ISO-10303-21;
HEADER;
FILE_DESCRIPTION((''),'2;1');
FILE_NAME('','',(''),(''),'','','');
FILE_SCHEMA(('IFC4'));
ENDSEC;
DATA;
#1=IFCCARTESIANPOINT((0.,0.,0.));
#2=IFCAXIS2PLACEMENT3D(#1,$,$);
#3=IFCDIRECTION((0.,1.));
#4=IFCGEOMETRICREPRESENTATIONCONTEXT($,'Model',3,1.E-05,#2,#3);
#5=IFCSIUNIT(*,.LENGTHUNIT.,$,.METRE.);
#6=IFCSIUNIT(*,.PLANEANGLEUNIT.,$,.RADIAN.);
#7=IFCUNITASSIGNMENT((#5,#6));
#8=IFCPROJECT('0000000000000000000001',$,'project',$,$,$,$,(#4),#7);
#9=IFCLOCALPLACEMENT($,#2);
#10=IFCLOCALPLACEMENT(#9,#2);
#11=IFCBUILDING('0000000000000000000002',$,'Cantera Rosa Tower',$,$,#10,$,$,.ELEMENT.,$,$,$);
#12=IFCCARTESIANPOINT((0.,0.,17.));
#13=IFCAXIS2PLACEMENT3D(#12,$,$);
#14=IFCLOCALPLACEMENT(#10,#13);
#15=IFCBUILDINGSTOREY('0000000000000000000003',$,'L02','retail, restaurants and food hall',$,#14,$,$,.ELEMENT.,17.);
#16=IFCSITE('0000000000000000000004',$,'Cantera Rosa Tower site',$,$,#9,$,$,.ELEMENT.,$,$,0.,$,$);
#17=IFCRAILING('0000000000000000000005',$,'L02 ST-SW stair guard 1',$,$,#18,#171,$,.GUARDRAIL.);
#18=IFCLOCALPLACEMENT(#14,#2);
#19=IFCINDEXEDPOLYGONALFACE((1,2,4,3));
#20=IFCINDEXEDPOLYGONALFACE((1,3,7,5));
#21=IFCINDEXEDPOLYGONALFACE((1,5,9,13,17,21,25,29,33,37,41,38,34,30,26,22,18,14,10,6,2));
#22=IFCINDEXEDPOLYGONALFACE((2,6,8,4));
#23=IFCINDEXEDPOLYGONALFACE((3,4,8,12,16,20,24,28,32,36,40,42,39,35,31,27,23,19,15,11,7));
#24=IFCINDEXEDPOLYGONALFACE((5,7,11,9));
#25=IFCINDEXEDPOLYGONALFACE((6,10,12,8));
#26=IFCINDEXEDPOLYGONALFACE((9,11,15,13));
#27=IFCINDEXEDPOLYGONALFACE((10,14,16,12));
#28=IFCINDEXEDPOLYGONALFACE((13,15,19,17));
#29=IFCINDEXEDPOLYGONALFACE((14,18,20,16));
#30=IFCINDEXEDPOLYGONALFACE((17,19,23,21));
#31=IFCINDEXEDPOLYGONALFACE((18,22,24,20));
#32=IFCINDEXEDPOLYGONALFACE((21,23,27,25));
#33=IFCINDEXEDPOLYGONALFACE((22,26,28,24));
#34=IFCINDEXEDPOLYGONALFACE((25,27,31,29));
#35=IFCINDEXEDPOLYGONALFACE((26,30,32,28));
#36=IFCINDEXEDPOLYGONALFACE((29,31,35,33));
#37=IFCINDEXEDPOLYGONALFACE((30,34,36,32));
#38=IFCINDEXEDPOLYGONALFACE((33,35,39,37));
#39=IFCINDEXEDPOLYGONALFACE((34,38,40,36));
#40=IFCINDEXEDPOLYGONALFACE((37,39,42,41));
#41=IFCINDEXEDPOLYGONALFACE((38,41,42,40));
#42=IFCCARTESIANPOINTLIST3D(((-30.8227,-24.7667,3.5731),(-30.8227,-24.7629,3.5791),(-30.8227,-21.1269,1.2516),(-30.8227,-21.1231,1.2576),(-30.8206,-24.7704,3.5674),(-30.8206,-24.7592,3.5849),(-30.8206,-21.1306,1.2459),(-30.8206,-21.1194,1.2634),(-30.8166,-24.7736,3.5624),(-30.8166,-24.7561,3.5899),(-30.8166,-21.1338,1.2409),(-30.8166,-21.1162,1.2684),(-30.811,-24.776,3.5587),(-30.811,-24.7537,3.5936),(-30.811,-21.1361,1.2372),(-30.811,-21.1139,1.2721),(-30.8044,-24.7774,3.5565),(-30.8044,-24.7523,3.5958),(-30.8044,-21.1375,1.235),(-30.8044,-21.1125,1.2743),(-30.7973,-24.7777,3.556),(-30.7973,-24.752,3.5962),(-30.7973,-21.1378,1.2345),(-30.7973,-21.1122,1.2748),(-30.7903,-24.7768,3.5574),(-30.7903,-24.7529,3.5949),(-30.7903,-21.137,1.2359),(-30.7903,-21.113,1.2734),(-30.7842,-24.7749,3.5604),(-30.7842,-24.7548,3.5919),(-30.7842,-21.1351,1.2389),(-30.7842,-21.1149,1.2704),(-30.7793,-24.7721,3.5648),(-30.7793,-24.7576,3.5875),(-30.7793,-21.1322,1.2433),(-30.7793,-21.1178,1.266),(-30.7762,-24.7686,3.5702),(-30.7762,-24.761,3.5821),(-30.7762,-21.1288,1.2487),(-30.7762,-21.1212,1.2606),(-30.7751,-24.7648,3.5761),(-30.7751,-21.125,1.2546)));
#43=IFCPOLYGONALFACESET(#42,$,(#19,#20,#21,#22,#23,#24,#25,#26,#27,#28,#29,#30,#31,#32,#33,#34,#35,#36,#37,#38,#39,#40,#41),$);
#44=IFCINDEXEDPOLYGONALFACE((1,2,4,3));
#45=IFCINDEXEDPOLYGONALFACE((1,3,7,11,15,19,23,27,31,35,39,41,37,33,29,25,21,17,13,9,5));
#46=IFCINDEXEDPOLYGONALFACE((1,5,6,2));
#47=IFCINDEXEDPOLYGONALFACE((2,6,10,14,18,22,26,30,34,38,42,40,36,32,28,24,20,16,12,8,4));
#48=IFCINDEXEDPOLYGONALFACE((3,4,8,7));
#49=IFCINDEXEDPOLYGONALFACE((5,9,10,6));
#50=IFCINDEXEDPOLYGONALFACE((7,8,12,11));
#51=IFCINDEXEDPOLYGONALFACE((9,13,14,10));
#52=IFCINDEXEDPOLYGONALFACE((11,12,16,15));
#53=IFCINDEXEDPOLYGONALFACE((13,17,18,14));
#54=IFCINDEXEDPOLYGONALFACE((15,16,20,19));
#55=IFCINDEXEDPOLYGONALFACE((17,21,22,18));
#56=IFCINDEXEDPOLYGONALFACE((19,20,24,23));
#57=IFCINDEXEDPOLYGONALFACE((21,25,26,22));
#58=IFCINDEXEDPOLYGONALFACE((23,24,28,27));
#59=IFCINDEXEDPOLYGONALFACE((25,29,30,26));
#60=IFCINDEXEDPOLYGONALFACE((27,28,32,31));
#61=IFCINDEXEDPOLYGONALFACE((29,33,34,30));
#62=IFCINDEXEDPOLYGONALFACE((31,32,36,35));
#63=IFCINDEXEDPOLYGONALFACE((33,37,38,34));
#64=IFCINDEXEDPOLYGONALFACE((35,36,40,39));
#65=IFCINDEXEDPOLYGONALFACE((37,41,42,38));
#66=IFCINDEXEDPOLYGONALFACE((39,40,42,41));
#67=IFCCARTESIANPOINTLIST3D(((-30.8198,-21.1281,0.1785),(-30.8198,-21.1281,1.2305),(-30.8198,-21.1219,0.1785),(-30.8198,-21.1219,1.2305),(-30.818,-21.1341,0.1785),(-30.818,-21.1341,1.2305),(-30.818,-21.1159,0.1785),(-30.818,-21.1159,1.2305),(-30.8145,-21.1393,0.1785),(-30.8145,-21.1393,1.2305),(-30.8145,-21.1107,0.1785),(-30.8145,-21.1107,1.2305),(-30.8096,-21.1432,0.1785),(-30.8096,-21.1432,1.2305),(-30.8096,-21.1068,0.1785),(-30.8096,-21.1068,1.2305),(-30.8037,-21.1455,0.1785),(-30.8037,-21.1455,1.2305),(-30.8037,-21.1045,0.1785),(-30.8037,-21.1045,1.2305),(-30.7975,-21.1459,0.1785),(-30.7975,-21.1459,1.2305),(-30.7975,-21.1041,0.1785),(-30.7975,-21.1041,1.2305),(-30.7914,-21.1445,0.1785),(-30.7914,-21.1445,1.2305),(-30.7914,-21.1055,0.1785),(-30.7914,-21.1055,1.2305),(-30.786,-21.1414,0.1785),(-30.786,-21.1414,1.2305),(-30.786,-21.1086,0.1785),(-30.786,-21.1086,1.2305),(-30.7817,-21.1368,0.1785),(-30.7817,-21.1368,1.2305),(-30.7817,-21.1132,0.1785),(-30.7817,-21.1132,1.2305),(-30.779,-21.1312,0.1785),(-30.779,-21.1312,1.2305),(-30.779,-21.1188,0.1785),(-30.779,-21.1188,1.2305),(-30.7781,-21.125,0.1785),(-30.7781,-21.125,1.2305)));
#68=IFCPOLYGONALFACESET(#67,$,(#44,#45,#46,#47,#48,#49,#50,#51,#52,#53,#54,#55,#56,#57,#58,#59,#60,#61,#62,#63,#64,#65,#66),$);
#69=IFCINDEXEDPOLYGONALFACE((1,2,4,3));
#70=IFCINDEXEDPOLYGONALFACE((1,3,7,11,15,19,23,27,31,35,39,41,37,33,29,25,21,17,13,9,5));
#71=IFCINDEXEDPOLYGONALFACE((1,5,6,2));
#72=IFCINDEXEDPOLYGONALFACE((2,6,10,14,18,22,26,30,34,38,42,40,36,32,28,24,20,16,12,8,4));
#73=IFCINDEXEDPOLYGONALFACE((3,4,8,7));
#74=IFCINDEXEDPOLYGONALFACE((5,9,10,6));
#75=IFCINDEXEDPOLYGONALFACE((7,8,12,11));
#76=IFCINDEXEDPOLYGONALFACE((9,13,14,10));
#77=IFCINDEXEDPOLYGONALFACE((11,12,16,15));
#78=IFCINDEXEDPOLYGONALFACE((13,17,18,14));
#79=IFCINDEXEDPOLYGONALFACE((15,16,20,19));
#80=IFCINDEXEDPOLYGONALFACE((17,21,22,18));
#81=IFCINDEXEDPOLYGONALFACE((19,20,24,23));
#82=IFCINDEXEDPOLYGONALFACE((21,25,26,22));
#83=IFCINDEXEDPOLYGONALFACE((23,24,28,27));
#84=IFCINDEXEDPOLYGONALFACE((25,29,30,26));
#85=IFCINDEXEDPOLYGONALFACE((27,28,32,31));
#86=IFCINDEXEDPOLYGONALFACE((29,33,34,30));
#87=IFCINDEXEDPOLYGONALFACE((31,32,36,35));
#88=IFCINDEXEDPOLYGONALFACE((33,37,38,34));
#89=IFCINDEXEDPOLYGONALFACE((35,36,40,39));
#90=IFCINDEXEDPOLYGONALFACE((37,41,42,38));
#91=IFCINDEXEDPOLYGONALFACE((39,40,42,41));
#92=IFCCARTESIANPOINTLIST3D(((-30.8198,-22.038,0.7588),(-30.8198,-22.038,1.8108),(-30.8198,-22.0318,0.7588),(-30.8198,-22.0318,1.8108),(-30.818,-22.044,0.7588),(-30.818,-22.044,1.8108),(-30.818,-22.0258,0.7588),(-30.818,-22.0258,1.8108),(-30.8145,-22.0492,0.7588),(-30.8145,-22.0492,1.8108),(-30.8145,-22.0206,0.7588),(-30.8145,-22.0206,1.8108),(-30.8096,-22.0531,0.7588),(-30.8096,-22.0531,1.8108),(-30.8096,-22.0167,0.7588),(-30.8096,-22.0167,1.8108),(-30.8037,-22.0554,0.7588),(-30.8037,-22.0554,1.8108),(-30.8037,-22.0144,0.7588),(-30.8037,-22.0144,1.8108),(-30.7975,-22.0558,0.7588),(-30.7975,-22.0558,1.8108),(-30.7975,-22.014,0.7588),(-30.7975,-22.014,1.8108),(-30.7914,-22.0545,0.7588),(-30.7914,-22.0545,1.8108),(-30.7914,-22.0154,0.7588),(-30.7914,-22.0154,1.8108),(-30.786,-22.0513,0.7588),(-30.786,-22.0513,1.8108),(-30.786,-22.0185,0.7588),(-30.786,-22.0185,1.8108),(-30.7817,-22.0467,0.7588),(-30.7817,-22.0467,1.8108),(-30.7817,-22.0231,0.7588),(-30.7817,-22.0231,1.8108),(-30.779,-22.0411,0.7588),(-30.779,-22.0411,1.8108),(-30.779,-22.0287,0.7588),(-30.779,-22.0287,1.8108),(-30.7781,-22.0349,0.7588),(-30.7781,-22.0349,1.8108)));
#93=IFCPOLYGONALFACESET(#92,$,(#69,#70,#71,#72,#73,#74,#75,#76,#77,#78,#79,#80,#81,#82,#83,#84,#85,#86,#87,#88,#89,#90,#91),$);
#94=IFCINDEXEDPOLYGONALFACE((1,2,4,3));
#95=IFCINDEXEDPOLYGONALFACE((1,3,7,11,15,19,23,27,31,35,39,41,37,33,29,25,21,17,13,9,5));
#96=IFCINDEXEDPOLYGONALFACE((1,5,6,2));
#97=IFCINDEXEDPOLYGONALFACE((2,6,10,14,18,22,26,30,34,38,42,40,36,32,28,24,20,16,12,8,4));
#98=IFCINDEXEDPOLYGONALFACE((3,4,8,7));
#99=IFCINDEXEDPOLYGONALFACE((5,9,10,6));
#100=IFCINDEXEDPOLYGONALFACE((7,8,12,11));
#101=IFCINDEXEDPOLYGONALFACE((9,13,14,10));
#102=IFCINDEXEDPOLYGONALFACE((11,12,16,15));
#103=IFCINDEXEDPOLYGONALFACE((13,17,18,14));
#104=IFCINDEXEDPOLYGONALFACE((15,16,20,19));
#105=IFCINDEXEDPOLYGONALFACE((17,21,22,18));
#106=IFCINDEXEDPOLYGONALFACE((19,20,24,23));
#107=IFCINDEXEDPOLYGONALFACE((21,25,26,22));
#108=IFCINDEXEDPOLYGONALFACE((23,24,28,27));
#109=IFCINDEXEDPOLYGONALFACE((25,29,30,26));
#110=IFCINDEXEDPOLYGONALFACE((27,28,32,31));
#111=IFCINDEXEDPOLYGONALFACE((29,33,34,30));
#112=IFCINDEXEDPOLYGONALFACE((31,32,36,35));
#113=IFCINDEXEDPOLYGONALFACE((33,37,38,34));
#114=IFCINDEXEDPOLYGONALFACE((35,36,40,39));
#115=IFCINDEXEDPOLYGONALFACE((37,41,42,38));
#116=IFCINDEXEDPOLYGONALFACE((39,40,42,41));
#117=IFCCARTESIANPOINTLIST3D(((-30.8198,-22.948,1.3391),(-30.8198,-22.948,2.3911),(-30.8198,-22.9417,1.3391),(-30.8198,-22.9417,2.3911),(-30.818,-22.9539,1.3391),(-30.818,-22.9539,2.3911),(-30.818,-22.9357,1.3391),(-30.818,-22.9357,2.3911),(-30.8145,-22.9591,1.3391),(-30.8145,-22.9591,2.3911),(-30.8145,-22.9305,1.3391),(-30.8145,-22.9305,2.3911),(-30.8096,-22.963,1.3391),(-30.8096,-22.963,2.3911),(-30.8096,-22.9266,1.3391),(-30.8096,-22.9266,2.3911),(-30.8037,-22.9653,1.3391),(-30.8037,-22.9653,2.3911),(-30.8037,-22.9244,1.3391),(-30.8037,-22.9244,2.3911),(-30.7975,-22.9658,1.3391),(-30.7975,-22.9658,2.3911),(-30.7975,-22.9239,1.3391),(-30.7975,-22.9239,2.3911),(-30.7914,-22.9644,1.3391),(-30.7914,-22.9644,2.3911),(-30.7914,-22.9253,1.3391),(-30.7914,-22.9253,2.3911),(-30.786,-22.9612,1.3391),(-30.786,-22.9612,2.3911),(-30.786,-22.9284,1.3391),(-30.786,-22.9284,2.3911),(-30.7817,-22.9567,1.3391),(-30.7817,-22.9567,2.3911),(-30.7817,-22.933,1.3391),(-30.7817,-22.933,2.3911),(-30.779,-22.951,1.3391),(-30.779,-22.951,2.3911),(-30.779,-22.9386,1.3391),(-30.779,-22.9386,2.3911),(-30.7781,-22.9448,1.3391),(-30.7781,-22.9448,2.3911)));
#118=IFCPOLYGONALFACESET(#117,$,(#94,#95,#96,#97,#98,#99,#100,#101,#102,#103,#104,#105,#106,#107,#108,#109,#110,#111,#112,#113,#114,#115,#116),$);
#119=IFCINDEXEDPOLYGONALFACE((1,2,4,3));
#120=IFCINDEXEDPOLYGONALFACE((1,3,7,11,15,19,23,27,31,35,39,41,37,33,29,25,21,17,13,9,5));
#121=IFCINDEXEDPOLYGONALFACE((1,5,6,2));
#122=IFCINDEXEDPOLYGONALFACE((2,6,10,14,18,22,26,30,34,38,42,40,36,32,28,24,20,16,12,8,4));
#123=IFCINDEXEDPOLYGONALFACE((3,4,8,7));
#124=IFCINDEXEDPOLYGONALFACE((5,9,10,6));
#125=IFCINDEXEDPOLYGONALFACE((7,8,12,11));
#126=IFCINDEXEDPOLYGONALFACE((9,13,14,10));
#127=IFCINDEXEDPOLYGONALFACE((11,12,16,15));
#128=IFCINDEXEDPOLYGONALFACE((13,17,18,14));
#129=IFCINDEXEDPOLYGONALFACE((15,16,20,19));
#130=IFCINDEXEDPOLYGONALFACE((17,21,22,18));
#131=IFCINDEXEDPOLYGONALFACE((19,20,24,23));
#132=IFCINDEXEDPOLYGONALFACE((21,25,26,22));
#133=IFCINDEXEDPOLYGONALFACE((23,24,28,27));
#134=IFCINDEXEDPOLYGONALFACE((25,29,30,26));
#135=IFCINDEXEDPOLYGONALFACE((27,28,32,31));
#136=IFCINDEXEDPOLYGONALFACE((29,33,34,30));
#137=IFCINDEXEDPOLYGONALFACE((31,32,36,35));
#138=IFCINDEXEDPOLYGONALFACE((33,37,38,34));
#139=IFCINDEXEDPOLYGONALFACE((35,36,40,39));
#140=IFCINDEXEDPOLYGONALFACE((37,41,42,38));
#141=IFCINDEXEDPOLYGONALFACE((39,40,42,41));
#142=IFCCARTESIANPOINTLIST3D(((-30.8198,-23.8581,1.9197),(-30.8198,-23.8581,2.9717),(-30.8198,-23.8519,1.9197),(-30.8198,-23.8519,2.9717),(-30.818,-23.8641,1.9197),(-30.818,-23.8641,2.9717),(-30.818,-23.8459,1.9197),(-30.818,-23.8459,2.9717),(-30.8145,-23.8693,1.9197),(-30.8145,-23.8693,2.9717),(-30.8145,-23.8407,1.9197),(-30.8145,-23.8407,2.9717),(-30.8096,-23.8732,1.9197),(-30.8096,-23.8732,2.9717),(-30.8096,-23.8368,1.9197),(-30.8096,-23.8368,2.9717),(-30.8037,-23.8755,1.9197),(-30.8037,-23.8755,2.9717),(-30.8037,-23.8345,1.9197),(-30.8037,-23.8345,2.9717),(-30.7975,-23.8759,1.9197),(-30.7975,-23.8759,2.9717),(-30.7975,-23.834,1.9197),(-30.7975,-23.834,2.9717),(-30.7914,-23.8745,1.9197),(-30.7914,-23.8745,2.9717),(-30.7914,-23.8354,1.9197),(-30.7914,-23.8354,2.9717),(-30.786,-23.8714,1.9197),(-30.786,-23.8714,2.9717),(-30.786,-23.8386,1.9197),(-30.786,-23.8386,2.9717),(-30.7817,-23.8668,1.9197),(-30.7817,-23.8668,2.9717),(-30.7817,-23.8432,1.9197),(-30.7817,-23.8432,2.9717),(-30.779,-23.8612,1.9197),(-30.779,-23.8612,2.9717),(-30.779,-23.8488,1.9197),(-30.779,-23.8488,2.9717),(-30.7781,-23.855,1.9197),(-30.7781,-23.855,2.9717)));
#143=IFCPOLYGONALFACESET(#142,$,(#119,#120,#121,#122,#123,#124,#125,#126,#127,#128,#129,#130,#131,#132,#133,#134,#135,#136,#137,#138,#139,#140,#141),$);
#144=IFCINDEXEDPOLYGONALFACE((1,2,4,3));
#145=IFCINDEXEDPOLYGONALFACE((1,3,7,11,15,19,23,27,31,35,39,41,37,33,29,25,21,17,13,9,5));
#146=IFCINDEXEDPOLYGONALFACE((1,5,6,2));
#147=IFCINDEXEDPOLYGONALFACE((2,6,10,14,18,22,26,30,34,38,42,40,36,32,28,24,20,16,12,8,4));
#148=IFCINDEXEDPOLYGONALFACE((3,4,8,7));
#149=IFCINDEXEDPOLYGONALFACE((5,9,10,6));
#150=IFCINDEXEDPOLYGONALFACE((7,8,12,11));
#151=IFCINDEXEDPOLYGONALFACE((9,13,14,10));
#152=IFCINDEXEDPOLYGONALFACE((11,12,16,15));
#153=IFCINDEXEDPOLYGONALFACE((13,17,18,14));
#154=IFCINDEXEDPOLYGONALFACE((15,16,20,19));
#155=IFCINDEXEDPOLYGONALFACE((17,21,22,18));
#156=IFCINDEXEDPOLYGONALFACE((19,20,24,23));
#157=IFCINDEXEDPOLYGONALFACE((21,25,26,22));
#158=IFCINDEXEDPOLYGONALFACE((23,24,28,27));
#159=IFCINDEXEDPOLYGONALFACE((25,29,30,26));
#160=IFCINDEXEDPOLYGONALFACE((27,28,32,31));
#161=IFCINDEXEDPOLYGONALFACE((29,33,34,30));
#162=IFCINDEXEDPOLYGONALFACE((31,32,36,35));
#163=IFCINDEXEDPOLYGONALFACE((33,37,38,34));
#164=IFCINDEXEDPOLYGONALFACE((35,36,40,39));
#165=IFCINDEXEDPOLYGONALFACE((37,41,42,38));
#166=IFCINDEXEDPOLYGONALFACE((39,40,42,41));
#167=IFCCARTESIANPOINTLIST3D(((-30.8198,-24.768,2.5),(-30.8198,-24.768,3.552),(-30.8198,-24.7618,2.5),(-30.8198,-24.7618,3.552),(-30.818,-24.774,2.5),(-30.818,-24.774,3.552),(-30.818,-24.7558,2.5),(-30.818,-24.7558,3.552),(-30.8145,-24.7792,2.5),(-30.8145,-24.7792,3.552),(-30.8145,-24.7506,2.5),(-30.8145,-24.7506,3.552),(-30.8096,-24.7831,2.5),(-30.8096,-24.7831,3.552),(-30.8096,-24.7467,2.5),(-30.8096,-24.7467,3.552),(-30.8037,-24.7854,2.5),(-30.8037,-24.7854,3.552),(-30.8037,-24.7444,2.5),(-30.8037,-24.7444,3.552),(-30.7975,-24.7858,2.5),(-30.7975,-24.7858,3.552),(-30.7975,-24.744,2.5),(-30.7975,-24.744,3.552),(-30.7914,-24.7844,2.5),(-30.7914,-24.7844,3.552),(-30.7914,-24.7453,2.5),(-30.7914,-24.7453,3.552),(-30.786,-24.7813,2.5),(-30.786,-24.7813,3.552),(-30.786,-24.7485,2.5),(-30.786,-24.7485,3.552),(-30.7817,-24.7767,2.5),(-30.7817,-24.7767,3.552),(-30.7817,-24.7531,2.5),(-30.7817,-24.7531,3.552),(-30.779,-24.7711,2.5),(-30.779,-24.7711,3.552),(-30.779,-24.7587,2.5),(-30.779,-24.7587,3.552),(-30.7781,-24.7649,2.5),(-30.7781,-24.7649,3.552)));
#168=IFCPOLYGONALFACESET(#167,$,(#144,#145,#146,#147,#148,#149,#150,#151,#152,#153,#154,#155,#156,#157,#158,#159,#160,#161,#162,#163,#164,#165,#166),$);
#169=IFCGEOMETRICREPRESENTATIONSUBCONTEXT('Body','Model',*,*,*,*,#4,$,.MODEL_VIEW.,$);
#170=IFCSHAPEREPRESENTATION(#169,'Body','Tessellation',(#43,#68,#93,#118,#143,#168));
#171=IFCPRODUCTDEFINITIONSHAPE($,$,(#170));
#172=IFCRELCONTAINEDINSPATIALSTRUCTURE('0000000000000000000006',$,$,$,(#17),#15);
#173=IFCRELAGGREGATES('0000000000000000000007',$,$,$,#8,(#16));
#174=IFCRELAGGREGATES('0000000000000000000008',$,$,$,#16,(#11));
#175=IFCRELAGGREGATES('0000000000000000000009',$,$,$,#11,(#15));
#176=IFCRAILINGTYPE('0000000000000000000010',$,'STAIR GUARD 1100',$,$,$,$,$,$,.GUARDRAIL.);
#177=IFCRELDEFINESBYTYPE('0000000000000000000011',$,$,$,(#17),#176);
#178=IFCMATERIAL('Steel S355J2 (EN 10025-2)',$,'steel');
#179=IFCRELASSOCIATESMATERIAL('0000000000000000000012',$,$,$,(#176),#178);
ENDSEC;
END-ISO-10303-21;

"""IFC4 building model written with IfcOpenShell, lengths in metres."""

from ifc_helpers import new_model, si_unit, direction, frame, origin, origin_2d, place, context, subcontext, project, spatial, circle, extrude, material, type_object, element, save


model = new_model("IFC4")

# Units and contexts
model_context = context("Model", 3, precision=1e-05, world=origin(), true_north=direction((0.0, 1.0)))
body_context = subcontext(model_context, "Body", "Model", "MODEL_VIEW")
ifc_project = project(units=[si_unit("LENGTHUNIT", "METRE"), si_unit("PLANEANGLEUNIT", "RADIAN")], contexts=[model_context])

# Site, building, storey
site_placement = place(None, origin())
site = spatial("IfcSite", under=ifc_project, at=site_placement, Name="Cantera Rosa Tower site", CompositionType="ELEMENT", RefElevation=0.0)
building_placement = place(site_placement, origin())
building = spatial("IfcBuilding", under=site, at=building_placement, Name="Cantera Rosa Tower", CompositionType="ELEMENT")
storey_placement = place(building_placement, frame((0.0, 0.0, 17.0)))
storey = spatial("IfcBuildingStorey", under=building, at=storey_placement, Name="L02", Description="retail, restaurants and food hall", CompositionType="ELEMENT", Elevation=17.0)

# Railing
ifc_material_1 = material(Name="Steel S355J2 (EN 10025-2)", Category="steel")
railing_type_1 = type_object("IfcRailingType", Name="STAIR GUARD 1100", PredefinedType="GUARDRAIL", material=ifc_material_1)
railing_1_placement = place(storey_placement, frame((-30.7991, -21.125, 0.1785)))
element("IfcRailing", 1, at=railing_1_placement, inside=storey, type_object=railing_type_1, Name="L02 ST-SW stair guard 1", PredefinedType="GUARDRAIL", context=body_context, shape_type="SweptSolid", body=[
    extrude(circle(Radius=0.0239, at=origin_2d()), frame((0.0, 0.0, 1.0762), z_axis=(0.0, -0.843112, 0.537739), x_axis=(1.0, 0.0, 0.0)), (0.0, 0.0, 1.0), 4.3171),
    extrude(circle(Radius=0.021, at=origin_2d()), origin(), (0.0, 0.0, 1.0), 1.052),
    extrude(circle(Radius=0.021, at=origin_2d()), frame((0.0, -0.9099, 0.5803)), (0.0, 0.0, 1.0), 1.052),
    extrude(circle(Radius=0.021, at=origin_2d()), frame((0.0, -1.8198, 1.1606)), (0.0, 0.0, 1.0), 1.052),
    extrude(circle(Radius=0.021, at=origin_2d()), frame((0.0, -2.73, 1.7412)), (0.0, 0.0, 1.0), 1.052),
    extrude(circle(Radius=0.021, at=origin_2d()), frame((0.0, -3.6399, 2.3215)), (0.0, 0.0, 1.0), 1.052),
])

save(model, "model.ifc")
